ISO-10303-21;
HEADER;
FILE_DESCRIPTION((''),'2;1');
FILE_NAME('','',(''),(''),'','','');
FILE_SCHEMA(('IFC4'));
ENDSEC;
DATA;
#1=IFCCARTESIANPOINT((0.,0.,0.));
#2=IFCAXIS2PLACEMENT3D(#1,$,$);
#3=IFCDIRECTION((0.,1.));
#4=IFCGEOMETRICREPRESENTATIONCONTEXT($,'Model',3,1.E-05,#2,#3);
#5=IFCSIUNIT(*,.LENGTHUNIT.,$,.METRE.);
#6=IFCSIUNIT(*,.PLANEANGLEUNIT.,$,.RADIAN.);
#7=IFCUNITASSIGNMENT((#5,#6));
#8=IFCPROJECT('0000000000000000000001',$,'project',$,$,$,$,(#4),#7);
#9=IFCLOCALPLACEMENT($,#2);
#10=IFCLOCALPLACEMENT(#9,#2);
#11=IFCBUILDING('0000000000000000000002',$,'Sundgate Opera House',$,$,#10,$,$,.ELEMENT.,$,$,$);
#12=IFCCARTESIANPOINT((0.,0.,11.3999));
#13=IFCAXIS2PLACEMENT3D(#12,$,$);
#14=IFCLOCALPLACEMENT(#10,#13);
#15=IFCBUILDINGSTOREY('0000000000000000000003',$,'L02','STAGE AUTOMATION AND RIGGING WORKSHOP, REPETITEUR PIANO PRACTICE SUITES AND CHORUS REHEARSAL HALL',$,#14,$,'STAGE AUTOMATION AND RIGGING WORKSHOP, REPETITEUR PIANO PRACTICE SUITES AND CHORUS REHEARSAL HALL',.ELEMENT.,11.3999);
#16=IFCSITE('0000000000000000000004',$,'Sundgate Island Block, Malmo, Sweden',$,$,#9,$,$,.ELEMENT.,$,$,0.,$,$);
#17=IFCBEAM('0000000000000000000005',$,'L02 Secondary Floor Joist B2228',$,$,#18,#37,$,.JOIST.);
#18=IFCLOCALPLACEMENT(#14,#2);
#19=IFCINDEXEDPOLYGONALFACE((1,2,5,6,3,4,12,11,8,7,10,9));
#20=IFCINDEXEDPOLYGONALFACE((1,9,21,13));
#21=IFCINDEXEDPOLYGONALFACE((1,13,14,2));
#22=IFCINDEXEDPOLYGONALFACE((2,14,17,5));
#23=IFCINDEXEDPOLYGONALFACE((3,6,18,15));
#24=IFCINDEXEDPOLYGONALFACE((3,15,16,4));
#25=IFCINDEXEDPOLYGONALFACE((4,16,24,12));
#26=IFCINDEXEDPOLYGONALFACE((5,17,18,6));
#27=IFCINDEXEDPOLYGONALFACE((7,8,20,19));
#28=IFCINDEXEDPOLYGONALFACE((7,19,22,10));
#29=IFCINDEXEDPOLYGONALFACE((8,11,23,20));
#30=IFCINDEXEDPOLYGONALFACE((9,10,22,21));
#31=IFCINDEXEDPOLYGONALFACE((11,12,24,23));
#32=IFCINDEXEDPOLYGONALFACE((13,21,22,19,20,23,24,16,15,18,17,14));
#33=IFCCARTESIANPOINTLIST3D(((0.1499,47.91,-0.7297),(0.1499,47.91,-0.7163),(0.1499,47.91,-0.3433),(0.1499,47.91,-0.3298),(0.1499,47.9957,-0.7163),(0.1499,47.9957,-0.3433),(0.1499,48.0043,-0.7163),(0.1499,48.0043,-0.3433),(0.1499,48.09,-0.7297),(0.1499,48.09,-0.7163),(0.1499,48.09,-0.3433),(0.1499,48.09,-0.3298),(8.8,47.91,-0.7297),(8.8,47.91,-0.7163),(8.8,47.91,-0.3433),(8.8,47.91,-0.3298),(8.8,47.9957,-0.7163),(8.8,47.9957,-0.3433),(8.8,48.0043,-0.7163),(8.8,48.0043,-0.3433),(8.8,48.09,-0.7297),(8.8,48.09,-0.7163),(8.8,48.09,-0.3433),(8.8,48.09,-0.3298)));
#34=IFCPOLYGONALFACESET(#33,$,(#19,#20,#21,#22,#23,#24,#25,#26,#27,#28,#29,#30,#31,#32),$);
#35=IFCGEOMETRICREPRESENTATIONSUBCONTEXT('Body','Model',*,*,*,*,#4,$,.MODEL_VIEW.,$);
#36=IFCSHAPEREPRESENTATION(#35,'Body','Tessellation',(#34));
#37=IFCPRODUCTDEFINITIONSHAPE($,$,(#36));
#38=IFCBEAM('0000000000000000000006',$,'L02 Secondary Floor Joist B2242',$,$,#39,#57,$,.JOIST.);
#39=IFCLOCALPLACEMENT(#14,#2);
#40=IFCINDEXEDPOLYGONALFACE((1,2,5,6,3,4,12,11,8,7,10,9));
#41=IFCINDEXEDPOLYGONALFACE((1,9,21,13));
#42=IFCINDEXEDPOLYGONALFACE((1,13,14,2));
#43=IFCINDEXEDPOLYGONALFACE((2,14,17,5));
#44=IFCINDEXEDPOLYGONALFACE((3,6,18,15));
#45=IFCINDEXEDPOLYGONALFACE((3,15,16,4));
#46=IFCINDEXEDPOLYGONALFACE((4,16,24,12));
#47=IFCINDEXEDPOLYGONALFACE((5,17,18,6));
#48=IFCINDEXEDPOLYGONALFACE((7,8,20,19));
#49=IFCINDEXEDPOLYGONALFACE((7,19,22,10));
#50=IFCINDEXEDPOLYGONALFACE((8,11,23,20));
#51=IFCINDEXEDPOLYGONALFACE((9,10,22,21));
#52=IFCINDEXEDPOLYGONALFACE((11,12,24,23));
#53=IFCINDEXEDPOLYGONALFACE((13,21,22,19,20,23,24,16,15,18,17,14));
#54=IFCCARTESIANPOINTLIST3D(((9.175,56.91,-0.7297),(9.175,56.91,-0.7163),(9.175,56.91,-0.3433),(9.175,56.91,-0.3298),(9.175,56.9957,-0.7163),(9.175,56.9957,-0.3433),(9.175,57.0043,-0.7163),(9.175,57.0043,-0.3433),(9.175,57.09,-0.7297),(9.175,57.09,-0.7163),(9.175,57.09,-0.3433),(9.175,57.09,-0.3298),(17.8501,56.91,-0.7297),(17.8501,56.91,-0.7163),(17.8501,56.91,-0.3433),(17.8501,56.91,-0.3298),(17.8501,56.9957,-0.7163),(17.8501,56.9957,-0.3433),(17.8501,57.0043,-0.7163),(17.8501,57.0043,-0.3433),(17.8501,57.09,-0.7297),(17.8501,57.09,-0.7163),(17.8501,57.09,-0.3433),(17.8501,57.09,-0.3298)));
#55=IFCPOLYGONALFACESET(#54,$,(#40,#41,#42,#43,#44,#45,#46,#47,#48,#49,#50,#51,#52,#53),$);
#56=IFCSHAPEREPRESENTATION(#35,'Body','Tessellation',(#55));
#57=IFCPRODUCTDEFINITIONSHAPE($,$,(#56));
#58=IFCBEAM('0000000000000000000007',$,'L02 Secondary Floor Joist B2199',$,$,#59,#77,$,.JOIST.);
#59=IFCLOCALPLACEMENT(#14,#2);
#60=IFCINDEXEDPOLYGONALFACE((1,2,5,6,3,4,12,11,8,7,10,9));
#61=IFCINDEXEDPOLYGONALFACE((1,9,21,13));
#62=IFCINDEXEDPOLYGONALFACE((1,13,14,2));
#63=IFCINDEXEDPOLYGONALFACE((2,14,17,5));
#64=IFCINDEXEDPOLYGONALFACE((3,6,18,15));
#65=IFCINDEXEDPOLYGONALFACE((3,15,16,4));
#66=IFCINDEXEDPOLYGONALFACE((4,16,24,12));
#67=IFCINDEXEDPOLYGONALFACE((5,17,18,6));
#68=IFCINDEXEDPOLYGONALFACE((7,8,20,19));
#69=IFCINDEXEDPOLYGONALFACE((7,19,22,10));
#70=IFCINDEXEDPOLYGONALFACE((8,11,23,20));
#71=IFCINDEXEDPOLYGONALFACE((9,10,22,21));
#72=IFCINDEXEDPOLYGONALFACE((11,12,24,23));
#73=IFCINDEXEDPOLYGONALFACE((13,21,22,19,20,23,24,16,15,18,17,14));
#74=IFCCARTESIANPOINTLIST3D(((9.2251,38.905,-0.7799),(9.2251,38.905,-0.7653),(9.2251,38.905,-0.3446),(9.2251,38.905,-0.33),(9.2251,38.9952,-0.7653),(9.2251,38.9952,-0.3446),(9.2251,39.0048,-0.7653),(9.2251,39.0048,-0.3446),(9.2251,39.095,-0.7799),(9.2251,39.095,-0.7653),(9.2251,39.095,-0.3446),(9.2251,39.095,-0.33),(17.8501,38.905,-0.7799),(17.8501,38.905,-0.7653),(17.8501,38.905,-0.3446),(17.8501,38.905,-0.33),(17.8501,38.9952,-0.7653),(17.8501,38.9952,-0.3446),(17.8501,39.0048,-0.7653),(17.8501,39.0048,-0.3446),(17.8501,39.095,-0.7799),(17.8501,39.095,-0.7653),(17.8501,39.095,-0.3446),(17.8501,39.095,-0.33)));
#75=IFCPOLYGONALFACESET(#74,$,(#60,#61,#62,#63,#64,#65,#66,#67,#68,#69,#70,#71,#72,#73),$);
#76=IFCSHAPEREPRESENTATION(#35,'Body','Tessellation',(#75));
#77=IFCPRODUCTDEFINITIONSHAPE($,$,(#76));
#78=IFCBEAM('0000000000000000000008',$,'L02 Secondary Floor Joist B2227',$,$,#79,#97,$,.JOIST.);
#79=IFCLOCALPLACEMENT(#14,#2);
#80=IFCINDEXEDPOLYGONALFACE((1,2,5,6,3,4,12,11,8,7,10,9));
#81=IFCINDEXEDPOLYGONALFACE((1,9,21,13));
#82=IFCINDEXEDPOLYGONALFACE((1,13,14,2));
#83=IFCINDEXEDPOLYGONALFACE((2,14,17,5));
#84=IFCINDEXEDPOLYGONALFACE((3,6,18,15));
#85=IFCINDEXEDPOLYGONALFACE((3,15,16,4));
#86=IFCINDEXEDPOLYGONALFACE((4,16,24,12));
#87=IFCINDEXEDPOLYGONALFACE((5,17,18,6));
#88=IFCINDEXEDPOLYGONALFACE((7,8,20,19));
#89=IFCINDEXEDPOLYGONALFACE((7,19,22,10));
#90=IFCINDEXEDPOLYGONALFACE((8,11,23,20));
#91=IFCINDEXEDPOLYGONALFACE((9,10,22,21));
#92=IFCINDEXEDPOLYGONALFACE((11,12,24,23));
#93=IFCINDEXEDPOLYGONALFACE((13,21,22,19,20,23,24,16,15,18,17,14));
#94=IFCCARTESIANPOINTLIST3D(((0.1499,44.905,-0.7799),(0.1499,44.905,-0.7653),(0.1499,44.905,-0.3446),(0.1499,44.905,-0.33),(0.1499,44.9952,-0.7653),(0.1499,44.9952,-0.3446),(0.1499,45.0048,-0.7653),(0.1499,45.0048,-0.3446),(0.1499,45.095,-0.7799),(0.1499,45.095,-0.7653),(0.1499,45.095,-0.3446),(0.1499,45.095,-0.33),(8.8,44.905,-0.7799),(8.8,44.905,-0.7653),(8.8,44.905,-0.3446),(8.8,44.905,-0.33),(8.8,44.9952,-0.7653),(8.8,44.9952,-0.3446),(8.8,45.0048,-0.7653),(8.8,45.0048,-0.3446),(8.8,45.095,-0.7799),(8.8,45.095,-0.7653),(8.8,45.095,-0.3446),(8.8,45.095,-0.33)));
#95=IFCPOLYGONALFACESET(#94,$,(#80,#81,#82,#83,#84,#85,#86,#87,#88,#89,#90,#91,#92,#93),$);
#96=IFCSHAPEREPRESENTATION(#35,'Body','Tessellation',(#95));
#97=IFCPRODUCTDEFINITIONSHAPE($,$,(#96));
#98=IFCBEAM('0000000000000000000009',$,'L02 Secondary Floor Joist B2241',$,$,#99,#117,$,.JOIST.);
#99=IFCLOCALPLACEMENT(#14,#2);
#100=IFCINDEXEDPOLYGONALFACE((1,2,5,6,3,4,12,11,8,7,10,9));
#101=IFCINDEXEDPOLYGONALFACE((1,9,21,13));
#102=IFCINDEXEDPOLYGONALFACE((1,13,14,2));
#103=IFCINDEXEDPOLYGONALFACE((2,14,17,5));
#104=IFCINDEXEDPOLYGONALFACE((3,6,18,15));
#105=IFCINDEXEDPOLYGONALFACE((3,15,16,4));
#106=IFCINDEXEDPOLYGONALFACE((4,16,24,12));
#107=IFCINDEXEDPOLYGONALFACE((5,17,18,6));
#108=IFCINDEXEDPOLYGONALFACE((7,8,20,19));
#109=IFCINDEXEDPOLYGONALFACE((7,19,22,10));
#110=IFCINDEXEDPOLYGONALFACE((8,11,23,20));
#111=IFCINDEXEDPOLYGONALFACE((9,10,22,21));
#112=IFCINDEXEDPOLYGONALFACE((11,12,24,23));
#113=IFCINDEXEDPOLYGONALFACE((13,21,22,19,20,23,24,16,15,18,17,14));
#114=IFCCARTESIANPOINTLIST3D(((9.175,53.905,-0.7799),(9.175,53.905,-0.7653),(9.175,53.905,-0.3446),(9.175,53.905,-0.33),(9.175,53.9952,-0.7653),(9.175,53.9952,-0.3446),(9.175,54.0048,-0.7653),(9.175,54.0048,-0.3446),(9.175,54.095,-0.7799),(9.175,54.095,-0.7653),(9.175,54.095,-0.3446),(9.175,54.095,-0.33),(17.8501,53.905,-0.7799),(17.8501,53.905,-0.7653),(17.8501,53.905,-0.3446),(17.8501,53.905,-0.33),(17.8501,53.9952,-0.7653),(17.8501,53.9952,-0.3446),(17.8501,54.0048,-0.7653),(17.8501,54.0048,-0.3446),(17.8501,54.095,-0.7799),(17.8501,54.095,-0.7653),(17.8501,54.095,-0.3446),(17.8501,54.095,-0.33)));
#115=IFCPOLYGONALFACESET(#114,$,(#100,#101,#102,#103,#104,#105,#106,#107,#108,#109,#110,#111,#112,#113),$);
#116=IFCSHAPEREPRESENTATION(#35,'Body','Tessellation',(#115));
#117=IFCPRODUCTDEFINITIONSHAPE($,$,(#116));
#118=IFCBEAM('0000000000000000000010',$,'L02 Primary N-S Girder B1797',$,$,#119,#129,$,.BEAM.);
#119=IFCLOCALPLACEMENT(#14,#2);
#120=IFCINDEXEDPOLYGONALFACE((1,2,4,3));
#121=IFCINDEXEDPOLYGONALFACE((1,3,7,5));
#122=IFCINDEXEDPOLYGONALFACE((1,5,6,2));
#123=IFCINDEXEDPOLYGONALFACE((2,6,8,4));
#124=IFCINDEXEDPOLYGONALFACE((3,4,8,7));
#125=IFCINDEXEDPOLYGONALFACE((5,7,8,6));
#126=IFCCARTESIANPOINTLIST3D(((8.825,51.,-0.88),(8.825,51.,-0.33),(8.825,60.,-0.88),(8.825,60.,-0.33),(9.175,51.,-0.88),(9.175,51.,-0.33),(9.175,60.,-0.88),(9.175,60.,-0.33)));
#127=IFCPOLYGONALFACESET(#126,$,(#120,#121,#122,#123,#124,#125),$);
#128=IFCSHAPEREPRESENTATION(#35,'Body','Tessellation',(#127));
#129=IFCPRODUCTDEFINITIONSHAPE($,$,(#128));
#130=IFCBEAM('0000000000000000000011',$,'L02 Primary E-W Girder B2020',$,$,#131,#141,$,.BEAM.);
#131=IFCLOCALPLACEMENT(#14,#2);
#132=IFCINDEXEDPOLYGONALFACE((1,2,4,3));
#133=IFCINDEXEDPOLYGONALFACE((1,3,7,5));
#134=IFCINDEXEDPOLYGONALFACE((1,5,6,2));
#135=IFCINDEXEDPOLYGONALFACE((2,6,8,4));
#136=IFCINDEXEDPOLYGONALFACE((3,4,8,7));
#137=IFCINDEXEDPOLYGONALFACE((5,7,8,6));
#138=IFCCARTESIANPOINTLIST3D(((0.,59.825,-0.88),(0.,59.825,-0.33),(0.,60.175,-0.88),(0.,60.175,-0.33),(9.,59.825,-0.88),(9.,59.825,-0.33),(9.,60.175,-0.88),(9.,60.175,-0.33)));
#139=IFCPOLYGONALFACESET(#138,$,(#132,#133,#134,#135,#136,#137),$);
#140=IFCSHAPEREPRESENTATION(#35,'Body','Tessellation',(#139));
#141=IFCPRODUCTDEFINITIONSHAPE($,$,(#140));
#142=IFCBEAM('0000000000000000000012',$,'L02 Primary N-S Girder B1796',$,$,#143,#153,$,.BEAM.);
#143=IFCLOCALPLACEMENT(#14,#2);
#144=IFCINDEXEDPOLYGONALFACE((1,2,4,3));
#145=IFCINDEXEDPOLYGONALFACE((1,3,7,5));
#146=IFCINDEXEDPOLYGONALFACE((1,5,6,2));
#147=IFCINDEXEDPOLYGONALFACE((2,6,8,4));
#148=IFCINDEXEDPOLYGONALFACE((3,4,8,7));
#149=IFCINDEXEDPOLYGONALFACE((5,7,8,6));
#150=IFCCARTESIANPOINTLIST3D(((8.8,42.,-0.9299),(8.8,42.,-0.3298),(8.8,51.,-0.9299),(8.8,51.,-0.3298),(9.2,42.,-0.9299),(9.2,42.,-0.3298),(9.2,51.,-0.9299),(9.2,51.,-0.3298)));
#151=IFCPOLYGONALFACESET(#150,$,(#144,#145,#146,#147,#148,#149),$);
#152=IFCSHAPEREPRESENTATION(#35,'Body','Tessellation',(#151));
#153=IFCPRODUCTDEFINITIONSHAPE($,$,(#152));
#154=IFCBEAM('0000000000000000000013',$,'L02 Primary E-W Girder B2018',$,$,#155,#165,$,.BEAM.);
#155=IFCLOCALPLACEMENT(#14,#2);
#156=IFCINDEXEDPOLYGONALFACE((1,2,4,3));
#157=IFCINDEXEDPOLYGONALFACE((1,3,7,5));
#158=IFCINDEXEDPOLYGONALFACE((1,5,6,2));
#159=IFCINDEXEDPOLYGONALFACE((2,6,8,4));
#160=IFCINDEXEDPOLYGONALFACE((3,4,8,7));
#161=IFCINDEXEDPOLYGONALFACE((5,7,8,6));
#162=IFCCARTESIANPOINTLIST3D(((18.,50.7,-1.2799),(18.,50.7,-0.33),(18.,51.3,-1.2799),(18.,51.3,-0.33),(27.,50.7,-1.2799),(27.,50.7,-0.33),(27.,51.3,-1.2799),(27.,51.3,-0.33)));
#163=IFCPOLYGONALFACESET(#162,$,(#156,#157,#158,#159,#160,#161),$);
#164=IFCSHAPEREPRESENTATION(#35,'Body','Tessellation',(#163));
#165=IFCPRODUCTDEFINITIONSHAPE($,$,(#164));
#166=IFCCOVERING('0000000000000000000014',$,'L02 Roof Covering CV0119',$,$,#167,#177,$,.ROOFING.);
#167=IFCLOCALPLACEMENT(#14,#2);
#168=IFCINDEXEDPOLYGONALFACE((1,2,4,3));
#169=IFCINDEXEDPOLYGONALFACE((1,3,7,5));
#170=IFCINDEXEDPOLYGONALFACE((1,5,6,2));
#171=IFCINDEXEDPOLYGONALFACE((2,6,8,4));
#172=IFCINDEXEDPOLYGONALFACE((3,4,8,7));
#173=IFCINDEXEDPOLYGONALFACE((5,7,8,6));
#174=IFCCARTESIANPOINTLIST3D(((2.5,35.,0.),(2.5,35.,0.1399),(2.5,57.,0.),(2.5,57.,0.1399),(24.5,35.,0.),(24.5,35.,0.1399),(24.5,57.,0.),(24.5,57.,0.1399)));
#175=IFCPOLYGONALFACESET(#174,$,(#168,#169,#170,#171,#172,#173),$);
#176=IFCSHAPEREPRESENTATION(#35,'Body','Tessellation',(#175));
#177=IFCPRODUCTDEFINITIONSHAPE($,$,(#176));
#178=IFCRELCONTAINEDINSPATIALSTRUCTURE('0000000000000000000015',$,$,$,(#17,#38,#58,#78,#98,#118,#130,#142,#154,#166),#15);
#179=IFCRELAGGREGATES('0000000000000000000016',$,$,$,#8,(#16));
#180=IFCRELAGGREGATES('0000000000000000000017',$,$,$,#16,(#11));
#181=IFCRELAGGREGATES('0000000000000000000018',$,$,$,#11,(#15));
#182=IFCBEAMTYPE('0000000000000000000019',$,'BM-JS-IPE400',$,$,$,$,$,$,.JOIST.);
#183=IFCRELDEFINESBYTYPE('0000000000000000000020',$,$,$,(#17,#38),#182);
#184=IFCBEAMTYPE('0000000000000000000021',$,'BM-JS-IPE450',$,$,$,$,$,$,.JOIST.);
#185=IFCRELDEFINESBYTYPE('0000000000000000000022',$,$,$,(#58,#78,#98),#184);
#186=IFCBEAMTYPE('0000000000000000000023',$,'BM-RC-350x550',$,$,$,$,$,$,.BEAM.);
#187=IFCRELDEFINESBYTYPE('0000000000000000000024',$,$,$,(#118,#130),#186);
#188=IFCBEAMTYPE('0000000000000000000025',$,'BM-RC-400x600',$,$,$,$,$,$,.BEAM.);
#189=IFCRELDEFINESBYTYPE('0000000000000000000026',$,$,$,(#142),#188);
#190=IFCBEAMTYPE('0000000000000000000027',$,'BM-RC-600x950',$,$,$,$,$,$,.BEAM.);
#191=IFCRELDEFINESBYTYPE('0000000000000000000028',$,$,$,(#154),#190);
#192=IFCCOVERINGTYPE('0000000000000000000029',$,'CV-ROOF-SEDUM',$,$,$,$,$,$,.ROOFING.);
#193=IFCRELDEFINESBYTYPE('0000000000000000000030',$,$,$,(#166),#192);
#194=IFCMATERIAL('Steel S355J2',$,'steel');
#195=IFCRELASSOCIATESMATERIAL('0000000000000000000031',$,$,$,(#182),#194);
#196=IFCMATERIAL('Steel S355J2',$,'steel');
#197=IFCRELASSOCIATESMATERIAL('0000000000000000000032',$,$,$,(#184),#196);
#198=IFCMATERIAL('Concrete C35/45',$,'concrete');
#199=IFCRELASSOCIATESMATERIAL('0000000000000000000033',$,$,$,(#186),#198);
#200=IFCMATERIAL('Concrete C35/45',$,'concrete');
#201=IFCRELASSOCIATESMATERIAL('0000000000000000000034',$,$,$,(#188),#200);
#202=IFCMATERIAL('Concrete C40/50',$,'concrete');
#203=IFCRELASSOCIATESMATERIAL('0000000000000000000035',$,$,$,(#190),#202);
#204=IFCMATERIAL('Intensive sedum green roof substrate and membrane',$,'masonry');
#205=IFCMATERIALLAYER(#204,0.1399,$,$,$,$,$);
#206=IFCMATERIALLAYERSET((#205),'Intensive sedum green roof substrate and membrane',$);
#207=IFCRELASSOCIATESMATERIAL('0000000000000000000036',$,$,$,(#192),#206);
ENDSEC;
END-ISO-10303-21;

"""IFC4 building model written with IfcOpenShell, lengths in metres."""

from ifc_helpers import new_model, si_unit, direction, frame, origin, origin_2d, place, context, subcontext, project, spatial, rectangle, i_section, extrude, material, layer, layer_set, material_profile, profile_set, type_object, element, save


model = new_model("IFC4")

# Units and contexts
model_context = context("Model", 3, precision=1e-05, world=origin(), true_north=direction((0.0, 1.0)))
body_context = subcontext(model_context, "Body", "Model", "MODEL_VIEW")
ifc_project = project(units=[si_unit("LENGTHUNIT", "METRE"), si_unit("PLANEANGLEUNIT", "RADIAN")], contexts=[model_context])

# Site, building, storey
site_placement = place(None, origin())
site = spatial("IfcSite", under=ifc_project, at=site_placement, Name="Sundgate Island Block, Malmo, Sweden", CompositionType="ELEMENT", RefElevation=0.0)
building_placement = place(site_placement, origin())
building = spatial("IfcBuilding", under=site, at=building_placement, Name="Sundgate Opera House", CompositionType="ELEMENT")
storey_placement = place(building_placement, frame((0.0, 0.0, 11.3999)))
storey = spatial("IfcBuildingStorey", under=building, at=storey_placement, Name="L02", Description="STAGE AUTOMATION AND RIGGING WORKSHOP, REPETITEUR PIANO PRACTICE SUITES AND CHORUS REHEARSAL HALL", LongName="STAGE AUTOMATION AND RIGGING WORKSHOP, REPETITEUR PIANO PRACTICE SUITES AND CHORUS REHEARSAL HALL", CompositionType="ELEMENT", Elevation=11.3999)

# Beams
ifc_material_1 = material(Name="Steel S355J2", Category="steel")
ifc_material_profile_1 = material_profile(ifc_material_1, i_section(OverallWidth=0.1799, OverallDepth=0.3999, WebThickness=0.0085, FlangeThickness=0.0134, at=origin_2d()), Name="IPE 400")
ifc_profile_set_1 = profile_set([ifc_material_profile_1], Name="Steel S355J2")
beam_type_1 = type_object("IfcBeamType", Name="BM-JS-IPE400", PredefinedType="JOIST", material=ifc_profile_set_1)
beam_1_placement = place(storey_placement, frame((0.1499, 48.0, -0.5298), z_axis=(1.0, 0.0, 0.0), x_axis=(0.0, 1.0, 0.0)))
element("IfcBeam", 1, at=beam_1_placement, inside=storey, type_object=beam_type_1, Name="L02 Secondary Floor Joist B2228", PredefinedType="JOIST", context=body_context, shape_type="SweptSolid", body=[
    extrude(i_section(OverallWidth=0.1799, OverallDepth=0.3999, WebThickness=0.0085, FlangeThickness=0.0134, at=origin_2d()), origin(), (0.0, 0.0, 1.0), 8.6501),
])
beam_2_placement = place(storey_placement, frame((9.175, 57.0, -0.5298), z_axis=(1.0, 0.0, 0.0), x_axis=(0.0, 1.0, 0.0)))
element("IfcBeam", 2, at=beam_2_placement, inside=storey, type_object=beam_type_1, Name="L02 Secondary Floor Joist B2242", PredefinedType="JOIST", context=body_context, shape_type="SweptSolid", body=[
    extrude(i_section(OverallWidth=0.1799, OverallDepth=0.3999, WebThickness=0.0085, FlangeThickness=0.0134, at=origin_2d()), origin(), (0.0, 0.0, 1.0), 8.675),
])
ifc_material_2 = material(Name="Steel S355J2", Category="steel")
ifc_material_profile_2 = material_profile(ifc_material_2, i_section(OverallWidth=0.1899, OverallDepth=0.45, WebThickness=0.0095, FlangeThickness=0.0146, at=origin_2d()), Name="IPE 450")
ifc_profile_set_2 = profile_set([ifc_material_profile_2], Name="Steel S355J2")
beam_type_2 = type_object("IfcBeamType", Name="BM-JS-IPE450", PredefinedType="JOIST", material=ifc_profile_set_2)
beam_3_placement = place(storey_placement, frame((9.2251, 39.0, -0.5549), z_axis=(1.0, 0.0, 0.0), x_axis=(0.0, 1.0, 0.0)))
element("IfcBeam", 3, at=beam_3_placement, inside=storey, type_object=beam_type_2, Name="L02 Secondary Floor Joist B2199", PredefinedType="JOIST", context=body_context, shape_type="SweptSolid", body=[
    extrude(i_section(OverallWidth=0.1899, OverallDepth=0.45, WebThickness=0.0095, FlangeThickness=0.0146, at=origin_2d()), origin(), (0.0, 0.0, 1.0), 8.625),
])
beam_4_placement = place(storey_placement, frame((0.1499, 45.0, -0.5549), z_axis=(1.0, 0.0, 0.0), x_axis=(0.0, 1.0, 0.0)))
element("IfcBeam", 4, at=beam_4_placement, inside=storey, type_object=beam_type_2, Name="L02 Secondary Floor Joist B2227", PredefinedType="JOIST", context=body_context, shape_type="SweptSolid", body=[
    extrude(i_section(OverallWidth=0.1899, OverallDepth=0.45, WebThickness=0.0095, FlangeThickness=0.0146, at=origin_2d()), origin(), (0.0, 0.0, 1.0), 8.6501),
])
beam_5_placement = place(storey_placement, frame((9.175, 54.0, -0.5549), z_axis=(1.0, 0.0, 0.0), x_axis=(0.0, 1.0, 0.0)))
element("IfcBeam", 5, at=beam_5_placement, inside=storey, type_object=beam_type_2, Name="L02 Secondary Floor Joist B2241", PredefinedType="JOIST", context=body_context, shape_type="SweptSolid", body=[
    extrude(i_section(OverallWidth=0.1899, OverallDepth=0.45, WebThickness=0.0095, FlangeThickness=0.0146, at=origin_2d()), origin(), (0.0, 0.0, 1.0), 8.675),
])
ifc_material_3 = material(Name="Concrete C35/45", Category="concrete")
ifc_material_profile_3 = material_profile(ifc_material_3, rectangle(XDim=0.3501, YDim=0.55, at=origin_2d()), Name="RC 350x550")
ifc_profile_set_3 = profile_set([ifc_material_profile_3], Name="Concrete C35/45")
beam_type_3 = type_object("IfcBeamType", Name="BM-RC-350x550", PredefinedType="BEAM", material=ifc_profile_set_3)
for number, where, z_axis, x_axis, name in (
    (6, (9.0, 51.0, -0.605), (0.0, 1.0, 0.0), (-1.0, 0.0, 0.0), "L02 Primary N-S Girder B1797"),
    (7, (0.0, 60.0, -0.605), (1.0, 0.0, 0.0), (0.0, 1.0, 0.0), "L02 Primary E-W Girder B2020"),
):
    element("IfcBeam", number, at=place(storey_placement, frame(where, z_axis=z_axis, x_axis=x_axis)), inside=storey, type_object=beam_type_3, Name=name, PredefinedType="BEAM", context=body_context, shape_type="SweptSolid", body=[
        extrude(rectangle(XDim=0.3501, YDim=0.55, at=origin_2d()), origin(), (0.0, 0.0, 1.0), 9.0),
    ])
ifc_material_4 = material(Name="Concrete C35/45", Category="concrete")
ifc_material_profile_4 = material_profile(ifc_material_4, rectangle(XDim=0.3999, YDim=0.6001, at=origin_2d()), Name="RC 400x600")
ifc_profile_set_4 = profile_set([ifc_material_profile_4], Name="Concrete C35/45")
beam_type_4 = type_object("IfcBeamType", Name="BM-RC-400x600", PredefinedType="BEAM", material=ifc_profile_set_4)
beam_6_placement = place(storey_placement, frame((9.0, 42.0, -0.6299), z_axis=(0.0, 1.0, 0.0), x_axis=(-1.0, 0.0, 0.0)))
element("IfcBeam", 8, at=beam_6_placement, inside=storey, type_object=beam_type_4, Name="L02 Primary N-S Girder B1796", PredefinedType="BEAM", context=body_context, shape_type="SweptSolid", body=[
    extrude(rectangle(XDim=0.3999, YDim=0.6001, at=origin_2d()), origin(), (0.0, 0.0, 1.0), 9.0),
])
ifc_material_5 = material(Name="Concrete C40/50", Category="concrete")
ifc_material_profile_5 = material_profile(ifc_material_5, rectangle(XDim=0.6001, YDim=0.95, at=origin_2d()), Name="RC 600x950")
ifc_profile_set_5 = profile_set([ifc_material_profile_5], Name="Concrete C40/50")
beam_type_5 = type_object("IfcBeamType", Name="BM-RC-600x950", PredefinedType="BEAM", material=ifc_profile_set_5)
beam_7_placement = place(storey_placement, frame((18.0, 51.0, -0.8049), z_axis=(1.0, 0.0, 0.0), x_axis=(0.0, 1.0, 0.0)))
element("IfcBeam", 9, at=beam_7_placement, inside=storey, type_object=beam_type_5, Name="L02 Primary E-W Girder B2018", PredefinedType="BEAM", context=body_context, shape_type="SweptSolid", body=[
    extrude(rectangle(XDim=0.6001, YDim=0.95, at=origin_2d()), origin(), (0.0, 0.0, 1.0), 9.0),
])

# Covering
ifc_material_6 = material(Name="Intensive sedum green roof substrate and membrane", Category="masonry")
ifc_layer_1 = layer(ifc_material_6, 0.1399)
ifc_layer_set_1 = layer_set([ifc_layer_1], Name="Intensive sedum green roof substrate and membrane")
covering_type_1 = type_object("IfcCoveringType", Name="CV-ROOF-SEDUM", PredefinedType="ROOFING", material=ifc_layer_set_1)
covering_1_placement = place(storey_placement, frame((13.5, 46.0, 0.0), z_axis=(0.0, 0.0, 1.0), x_axis=(1.0, 0.0, 0.0)))
element("IfcCovering", 10, at=covering_1_placement, inside=storey, type_object=covering_type_1, Name="L02 Roof Covering CV0119", PredefinedType="ROOFING", context=body_context, shape_type="SweptSolid", body=[
    extrude(rectangle(XDim=22.0, YDim=22.0, at=origin_2d()), origin(), (0.0, 0.0, 1.0), 0.1399),
])

save(model, "model.ifc")
